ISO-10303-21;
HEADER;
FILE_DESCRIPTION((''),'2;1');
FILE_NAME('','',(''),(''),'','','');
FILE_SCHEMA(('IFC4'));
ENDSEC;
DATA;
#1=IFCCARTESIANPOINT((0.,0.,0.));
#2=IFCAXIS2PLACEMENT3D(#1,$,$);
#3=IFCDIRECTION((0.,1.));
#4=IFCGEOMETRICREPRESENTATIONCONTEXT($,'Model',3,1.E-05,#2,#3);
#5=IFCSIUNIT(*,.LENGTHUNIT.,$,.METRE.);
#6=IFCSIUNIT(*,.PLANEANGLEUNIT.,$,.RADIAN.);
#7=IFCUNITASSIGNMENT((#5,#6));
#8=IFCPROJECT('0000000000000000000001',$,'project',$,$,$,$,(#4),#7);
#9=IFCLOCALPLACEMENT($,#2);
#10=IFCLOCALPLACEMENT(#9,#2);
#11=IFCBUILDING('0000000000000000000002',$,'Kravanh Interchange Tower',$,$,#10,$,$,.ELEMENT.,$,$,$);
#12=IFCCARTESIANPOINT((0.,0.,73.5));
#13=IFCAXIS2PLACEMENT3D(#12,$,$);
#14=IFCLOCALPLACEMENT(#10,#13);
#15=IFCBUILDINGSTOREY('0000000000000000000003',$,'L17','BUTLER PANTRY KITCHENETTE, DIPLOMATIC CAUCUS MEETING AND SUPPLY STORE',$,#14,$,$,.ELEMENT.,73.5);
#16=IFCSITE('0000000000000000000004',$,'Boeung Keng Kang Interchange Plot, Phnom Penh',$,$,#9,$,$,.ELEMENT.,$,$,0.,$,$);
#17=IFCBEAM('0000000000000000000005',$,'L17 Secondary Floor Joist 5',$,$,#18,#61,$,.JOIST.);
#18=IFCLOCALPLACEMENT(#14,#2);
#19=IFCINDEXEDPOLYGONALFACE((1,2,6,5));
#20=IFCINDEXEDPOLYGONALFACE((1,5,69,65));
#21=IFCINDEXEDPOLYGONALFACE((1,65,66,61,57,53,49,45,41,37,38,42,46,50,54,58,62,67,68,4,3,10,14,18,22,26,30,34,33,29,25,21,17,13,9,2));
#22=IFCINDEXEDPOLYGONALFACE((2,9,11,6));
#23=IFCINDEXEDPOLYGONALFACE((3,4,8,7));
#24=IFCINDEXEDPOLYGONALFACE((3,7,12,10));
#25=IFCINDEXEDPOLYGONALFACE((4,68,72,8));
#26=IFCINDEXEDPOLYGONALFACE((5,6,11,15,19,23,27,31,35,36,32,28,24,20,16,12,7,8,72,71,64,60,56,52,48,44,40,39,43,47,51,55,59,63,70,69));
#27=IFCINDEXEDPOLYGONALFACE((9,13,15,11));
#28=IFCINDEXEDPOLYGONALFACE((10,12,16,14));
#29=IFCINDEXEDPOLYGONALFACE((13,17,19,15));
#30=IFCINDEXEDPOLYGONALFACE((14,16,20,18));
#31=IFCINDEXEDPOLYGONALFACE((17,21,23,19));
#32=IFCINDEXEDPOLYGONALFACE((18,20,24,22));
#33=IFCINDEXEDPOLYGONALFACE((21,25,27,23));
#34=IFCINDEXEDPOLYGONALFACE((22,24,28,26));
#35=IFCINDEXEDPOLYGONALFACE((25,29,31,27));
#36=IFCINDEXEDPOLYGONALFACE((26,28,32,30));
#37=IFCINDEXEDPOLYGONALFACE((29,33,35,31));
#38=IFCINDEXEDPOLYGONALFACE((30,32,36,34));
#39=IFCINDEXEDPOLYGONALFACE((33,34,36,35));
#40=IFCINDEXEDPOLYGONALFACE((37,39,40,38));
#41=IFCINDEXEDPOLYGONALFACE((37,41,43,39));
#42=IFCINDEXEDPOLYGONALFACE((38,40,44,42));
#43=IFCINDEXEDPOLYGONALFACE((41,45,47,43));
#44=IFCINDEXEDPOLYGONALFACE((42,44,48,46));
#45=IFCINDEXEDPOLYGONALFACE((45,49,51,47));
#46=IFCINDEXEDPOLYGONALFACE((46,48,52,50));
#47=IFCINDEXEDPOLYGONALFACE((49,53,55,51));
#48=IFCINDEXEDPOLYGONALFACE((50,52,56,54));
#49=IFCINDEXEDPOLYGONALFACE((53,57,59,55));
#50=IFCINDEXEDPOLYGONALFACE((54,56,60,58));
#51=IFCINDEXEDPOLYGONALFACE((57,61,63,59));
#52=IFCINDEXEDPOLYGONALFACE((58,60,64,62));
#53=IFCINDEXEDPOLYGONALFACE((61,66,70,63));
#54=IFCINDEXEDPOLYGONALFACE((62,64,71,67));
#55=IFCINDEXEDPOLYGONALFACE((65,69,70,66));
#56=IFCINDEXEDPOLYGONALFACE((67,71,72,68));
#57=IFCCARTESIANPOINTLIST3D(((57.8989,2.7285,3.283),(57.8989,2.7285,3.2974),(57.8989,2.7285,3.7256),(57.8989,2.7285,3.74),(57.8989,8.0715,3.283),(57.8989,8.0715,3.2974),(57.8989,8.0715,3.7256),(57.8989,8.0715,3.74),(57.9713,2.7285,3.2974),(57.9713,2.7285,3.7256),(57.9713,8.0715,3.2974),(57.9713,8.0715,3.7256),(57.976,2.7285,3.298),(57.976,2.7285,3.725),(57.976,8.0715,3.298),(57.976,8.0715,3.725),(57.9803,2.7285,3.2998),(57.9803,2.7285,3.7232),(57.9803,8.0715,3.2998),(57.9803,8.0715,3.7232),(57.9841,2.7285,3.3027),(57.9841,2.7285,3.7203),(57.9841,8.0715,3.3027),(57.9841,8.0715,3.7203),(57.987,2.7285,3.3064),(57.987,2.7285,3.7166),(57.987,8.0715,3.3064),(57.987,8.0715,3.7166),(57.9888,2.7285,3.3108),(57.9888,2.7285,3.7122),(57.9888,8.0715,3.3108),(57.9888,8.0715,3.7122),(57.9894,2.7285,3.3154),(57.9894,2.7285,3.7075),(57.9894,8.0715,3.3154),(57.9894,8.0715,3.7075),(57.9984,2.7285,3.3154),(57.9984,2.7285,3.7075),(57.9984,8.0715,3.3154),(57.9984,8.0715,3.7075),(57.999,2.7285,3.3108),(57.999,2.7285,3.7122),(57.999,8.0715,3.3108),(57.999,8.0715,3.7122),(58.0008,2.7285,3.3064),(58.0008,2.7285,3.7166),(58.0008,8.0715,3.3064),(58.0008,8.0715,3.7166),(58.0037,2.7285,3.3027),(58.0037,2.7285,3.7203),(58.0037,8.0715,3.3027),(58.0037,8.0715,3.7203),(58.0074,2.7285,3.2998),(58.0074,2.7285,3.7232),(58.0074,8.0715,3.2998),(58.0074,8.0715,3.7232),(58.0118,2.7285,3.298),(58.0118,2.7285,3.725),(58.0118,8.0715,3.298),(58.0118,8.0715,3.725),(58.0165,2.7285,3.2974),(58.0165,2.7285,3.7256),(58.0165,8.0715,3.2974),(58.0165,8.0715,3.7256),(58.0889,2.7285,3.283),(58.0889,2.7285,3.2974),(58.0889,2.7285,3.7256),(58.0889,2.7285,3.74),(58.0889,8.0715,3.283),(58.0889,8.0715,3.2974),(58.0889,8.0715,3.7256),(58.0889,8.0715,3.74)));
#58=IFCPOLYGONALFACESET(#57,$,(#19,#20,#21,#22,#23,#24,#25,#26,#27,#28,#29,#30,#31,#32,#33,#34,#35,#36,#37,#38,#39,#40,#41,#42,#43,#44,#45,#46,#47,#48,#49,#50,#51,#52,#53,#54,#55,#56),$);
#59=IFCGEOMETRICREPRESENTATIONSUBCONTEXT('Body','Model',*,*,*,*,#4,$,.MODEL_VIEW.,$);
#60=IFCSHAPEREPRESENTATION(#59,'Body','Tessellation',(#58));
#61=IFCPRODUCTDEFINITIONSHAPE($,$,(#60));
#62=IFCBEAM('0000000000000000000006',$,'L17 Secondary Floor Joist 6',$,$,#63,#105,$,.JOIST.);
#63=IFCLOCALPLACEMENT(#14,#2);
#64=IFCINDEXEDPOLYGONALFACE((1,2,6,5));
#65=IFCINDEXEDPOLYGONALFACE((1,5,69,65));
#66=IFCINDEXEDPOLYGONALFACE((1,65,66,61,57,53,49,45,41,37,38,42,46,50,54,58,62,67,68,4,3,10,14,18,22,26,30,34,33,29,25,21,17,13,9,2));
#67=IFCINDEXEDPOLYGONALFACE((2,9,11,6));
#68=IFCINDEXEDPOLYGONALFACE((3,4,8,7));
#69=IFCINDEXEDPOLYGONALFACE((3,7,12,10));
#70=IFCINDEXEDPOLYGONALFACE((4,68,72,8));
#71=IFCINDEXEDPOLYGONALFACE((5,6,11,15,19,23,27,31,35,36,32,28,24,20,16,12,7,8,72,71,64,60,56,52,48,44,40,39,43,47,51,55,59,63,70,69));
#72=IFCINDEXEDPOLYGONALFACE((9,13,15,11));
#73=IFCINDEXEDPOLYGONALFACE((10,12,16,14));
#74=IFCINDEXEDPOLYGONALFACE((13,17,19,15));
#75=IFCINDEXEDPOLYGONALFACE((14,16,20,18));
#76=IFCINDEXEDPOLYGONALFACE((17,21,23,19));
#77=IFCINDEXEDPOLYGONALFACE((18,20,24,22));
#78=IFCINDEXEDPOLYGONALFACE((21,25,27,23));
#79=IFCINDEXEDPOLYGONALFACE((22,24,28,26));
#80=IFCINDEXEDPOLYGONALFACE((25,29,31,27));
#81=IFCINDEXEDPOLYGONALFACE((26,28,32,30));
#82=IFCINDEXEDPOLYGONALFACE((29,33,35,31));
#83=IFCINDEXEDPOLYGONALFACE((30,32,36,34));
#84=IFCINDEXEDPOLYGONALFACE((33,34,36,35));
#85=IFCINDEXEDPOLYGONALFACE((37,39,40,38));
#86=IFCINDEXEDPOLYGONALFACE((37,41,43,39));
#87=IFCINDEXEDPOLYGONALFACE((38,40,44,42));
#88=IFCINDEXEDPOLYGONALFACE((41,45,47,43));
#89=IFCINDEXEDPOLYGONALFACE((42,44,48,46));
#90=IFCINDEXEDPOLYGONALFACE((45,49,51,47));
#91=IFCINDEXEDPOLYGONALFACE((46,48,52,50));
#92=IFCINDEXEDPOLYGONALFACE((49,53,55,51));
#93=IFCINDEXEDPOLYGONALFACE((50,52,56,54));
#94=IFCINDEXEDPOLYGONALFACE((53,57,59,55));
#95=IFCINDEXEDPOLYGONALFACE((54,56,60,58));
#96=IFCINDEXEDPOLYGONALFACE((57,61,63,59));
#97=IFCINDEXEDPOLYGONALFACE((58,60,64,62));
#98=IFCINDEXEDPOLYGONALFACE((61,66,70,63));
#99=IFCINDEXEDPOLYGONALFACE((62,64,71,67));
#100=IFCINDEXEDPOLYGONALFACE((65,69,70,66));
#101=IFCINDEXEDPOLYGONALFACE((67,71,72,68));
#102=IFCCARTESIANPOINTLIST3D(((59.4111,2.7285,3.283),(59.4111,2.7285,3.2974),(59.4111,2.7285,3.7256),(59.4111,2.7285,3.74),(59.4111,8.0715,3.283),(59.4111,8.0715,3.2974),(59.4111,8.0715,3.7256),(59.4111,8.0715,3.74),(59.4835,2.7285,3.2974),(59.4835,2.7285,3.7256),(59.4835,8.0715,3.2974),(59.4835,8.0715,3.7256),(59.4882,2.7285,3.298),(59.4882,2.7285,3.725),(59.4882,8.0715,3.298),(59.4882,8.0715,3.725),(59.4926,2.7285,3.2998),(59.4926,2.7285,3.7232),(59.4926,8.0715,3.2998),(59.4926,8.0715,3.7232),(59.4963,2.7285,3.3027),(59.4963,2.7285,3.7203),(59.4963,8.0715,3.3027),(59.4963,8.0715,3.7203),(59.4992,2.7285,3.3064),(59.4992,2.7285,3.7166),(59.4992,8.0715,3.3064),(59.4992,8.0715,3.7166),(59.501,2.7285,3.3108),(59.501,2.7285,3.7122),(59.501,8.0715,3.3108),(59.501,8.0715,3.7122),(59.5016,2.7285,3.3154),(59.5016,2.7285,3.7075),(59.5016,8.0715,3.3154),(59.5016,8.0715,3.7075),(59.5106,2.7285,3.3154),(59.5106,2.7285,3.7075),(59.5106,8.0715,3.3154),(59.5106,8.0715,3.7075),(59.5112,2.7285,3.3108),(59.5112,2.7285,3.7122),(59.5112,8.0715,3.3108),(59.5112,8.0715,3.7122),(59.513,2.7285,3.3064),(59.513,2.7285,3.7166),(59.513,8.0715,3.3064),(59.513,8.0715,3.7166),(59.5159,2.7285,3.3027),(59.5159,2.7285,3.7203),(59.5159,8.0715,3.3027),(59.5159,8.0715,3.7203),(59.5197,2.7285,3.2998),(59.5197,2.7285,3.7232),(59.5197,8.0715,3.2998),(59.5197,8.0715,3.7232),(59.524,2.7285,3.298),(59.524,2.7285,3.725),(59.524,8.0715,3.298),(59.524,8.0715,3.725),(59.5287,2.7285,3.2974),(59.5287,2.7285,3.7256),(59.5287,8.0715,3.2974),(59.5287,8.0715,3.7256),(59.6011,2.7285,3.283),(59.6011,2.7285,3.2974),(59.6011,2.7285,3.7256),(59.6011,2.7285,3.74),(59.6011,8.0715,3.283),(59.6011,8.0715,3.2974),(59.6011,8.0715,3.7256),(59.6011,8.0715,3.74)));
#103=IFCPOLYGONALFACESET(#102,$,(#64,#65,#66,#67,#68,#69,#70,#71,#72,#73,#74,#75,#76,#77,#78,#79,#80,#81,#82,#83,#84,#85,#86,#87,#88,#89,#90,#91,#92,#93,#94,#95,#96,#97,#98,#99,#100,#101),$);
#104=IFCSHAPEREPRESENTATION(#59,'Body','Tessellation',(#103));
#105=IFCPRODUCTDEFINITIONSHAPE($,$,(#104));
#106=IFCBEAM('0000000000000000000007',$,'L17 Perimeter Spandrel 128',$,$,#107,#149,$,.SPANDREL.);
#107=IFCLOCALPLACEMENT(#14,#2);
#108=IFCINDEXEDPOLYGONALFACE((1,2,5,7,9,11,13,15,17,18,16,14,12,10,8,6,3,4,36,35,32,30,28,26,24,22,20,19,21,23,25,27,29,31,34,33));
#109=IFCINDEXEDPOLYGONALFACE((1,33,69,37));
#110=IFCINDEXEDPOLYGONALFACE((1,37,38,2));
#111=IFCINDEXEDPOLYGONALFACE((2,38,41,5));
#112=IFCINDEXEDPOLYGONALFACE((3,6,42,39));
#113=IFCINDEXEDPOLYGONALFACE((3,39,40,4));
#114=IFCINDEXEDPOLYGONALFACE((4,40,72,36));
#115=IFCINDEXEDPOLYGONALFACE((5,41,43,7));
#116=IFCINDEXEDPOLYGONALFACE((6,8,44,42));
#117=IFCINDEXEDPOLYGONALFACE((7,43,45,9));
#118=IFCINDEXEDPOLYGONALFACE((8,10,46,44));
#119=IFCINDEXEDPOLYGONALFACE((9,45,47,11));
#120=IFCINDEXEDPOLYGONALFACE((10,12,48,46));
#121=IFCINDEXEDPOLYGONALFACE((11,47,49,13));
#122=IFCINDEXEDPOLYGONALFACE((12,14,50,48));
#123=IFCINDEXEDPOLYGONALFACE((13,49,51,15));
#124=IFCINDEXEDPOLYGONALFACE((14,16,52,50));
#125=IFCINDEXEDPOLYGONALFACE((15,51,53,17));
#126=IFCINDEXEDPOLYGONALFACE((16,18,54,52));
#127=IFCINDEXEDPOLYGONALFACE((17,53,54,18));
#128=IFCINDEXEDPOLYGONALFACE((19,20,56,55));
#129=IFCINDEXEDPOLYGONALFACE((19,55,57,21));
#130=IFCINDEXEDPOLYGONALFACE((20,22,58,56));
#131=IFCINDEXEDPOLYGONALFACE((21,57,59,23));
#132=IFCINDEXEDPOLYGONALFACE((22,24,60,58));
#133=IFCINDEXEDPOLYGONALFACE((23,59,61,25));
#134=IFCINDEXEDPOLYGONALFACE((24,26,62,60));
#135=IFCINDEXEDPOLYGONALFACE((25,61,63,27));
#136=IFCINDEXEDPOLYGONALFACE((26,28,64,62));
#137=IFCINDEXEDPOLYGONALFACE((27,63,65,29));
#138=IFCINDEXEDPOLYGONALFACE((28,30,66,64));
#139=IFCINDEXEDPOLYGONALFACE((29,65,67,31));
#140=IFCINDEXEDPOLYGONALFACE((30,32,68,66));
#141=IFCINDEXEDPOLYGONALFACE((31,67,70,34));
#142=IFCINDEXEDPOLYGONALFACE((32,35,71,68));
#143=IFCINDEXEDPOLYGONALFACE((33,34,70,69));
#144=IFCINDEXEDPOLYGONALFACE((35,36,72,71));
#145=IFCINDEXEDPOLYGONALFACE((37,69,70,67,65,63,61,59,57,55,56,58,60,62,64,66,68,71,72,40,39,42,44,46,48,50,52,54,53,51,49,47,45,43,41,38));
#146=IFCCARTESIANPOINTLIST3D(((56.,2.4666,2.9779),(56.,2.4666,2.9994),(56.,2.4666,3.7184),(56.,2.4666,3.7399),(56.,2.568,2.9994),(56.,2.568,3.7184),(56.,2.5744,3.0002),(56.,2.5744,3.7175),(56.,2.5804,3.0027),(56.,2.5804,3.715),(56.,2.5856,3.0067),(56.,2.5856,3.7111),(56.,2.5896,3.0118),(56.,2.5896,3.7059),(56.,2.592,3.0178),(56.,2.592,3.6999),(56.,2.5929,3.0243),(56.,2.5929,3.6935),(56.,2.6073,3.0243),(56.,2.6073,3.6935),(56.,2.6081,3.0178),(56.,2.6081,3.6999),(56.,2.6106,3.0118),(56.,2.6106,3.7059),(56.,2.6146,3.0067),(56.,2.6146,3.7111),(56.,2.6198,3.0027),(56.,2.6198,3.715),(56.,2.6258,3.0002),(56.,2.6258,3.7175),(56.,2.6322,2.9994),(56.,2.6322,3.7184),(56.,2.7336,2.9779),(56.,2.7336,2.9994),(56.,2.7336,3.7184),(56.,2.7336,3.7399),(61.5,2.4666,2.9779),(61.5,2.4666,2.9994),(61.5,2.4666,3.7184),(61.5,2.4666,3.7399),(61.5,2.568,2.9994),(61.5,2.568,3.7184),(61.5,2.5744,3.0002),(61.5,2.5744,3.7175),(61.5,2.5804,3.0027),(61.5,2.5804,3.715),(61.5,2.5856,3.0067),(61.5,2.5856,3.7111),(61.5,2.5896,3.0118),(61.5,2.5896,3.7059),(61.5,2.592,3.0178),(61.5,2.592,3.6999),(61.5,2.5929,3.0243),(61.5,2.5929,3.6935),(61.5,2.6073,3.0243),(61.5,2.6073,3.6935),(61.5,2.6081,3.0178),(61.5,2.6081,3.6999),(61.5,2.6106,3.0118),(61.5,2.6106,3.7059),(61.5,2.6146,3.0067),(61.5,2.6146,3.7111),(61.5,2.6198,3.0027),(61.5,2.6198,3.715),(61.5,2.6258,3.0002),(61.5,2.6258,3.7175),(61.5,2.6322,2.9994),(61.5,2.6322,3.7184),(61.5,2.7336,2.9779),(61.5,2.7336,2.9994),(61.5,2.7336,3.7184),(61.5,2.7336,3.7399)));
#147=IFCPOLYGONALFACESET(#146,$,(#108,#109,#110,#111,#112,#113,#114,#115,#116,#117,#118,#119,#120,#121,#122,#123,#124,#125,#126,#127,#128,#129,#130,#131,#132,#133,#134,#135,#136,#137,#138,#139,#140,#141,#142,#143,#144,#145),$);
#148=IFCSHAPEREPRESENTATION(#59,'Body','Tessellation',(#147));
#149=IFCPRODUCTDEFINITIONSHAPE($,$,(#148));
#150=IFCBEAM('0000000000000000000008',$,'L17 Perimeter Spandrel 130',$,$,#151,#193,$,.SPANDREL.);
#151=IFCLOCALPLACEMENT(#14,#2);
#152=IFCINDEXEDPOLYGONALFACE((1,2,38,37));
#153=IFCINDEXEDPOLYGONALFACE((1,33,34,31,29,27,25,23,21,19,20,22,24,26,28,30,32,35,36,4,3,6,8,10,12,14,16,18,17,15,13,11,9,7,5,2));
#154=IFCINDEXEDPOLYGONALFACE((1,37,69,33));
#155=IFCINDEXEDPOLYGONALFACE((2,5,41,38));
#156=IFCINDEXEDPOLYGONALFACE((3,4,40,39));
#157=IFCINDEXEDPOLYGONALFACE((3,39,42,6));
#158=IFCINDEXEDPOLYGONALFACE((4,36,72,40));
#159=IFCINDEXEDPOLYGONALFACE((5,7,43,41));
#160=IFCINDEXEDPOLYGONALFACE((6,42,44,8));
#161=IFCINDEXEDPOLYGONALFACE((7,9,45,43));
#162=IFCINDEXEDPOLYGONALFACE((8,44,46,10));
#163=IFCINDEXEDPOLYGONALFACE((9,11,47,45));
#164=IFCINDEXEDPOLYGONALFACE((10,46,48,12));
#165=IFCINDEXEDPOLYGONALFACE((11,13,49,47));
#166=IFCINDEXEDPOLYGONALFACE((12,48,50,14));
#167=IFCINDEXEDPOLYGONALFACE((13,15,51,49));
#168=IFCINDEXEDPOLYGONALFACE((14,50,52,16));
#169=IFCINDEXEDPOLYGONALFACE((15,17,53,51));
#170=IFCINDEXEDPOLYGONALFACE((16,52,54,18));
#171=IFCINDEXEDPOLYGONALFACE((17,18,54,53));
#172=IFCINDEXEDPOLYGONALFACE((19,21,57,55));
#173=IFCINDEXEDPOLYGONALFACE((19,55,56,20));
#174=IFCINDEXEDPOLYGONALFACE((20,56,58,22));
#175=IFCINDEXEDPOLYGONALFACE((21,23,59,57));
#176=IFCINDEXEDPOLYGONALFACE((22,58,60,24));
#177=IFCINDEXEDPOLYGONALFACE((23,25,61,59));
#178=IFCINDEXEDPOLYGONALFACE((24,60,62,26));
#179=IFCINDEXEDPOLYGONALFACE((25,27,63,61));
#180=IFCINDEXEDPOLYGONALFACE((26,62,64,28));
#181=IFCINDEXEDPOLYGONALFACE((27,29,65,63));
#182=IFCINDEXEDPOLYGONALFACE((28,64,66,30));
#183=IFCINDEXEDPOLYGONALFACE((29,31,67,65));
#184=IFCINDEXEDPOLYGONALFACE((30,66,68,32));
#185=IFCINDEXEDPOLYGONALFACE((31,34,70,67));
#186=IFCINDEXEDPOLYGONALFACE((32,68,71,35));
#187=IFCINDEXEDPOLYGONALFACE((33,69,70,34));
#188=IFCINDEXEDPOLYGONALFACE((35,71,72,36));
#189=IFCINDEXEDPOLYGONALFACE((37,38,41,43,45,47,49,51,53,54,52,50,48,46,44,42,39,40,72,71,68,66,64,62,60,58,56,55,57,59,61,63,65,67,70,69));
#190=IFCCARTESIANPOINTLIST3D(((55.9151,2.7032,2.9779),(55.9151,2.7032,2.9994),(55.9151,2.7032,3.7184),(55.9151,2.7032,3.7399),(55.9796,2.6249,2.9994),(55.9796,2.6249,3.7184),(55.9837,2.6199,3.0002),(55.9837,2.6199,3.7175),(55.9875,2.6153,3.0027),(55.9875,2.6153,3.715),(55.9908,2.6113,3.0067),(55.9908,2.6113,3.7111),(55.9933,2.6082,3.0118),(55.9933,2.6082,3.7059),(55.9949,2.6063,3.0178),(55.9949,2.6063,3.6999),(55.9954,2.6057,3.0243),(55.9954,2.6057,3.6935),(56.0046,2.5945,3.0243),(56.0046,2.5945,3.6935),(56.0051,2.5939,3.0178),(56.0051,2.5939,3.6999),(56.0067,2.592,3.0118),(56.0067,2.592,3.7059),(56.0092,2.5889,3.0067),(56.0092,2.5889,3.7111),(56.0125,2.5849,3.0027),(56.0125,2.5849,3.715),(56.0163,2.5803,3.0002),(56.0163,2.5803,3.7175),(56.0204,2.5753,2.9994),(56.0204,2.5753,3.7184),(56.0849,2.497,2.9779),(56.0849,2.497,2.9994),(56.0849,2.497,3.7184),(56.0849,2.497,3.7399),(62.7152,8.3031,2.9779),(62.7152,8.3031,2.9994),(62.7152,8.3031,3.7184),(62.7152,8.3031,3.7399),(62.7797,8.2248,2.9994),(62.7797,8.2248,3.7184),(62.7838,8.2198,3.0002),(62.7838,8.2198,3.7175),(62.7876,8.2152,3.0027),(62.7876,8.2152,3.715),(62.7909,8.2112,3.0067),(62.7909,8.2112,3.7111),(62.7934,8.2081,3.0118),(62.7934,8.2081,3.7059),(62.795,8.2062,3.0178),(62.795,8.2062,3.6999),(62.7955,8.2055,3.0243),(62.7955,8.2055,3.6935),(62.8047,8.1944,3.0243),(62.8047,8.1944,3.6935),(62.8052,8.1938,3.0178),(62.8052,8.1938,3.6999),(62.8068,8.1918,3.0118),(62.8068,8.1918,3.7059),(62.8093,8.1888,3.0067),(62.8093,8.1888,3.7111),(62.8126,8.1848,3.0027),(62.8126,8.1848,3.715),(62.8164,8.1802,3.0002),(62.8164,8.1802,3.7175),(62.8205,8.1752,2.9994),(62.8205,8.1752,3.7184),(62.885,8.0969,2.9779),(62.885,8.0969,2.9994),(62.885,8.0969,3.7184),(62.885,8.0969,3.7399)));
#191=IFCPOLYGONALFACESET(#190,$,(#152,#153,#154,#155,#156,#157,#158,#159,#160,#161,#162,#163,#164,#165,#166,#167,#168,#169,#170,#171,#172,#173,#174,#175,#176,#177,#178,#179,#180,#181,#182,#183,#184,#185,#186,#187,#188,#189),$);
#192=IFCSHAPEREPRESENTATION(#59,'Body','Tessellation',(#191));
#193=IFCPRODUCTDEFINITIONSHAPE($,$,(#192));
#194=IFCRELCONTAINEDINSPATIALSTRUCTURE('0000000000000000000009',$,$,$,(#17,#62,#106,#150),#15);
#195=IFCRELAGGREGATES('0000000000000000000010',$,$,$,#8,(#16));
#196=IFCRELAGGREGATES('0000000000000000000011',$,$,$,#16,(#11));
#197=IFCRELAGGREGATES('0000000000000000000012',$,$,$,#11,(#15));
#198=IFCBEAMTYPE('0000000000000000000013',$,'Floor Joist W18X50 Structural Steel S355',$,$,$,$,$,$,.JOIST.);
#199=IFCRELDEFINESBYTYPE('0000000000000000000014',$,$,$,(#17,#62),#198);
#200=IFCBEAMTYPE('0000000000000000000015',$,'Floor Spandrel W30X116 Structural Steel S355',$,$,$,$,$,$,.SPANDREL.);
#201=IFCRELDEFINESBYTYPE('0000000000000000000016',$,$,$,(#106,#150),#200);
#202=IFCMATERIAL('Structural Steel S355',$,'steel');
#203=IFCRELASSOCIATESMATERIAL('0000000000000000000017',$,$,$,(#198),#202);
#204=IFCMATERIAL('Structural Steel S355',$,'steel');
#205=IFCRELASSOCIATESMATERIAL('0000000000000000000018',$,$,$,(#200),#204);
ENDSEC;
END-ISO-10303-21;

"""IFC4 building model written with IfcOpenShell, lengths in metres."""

from ifc_helpers import new_model, si_unit, direction, frame, origin, origin_2d, place, context, subcontext, project, spatial, i_section, extrude, material, material_profile, profile_set, type_object, element, save


model = new_model("IFC4")

# Units and contexts
model_context = context("Model", 3, precision=1e-05, world=origin(), true_north=direction((0.0, 1.0)))
body_context = subcontext(model_context, "Body", "Model", "MODEL_VIEW")
ifc_project = project(units=[si_unit("LENGTHUNIT", "METRE"), si_unit("PLANEANGLEUNIT", "RADIAN")], contexts=[model_context])

# Site, building, storey
site_placement = place(None, origin())
site = spatial("IfcSite", under=ifc_project, at=site_placement, Name="Boeung Keng Kang Interchange Plot, Phnom Penh", CompositionType="ELEMENT", RefElevation=0.0)
building_placement = place(site_placement, origin())
building = spatial("IfcBuilding", under=site, at=building_placement, Name="Kravanh Interchange Tower", CompositionType="ELEMENT")
storey_placement = place(building_placement, frame((0.0, 0.0, 73.5)))
storey = spatial("IfcBuildingStorey", under=building, at=storey_placement, Name="L17", Description="BUTLER PANTRY KITCHENETTE, DIPLOMATIC CAUCUS MEETING AND SUPPLY STORE", CompositionType="ELEMENT", Elevation=73.5)

# Beams
ifc_material_1 = material(Name="Structural Steel S355", Category="steel")
ifc_material_profile_1 = material_profile(ifc_material_1, i_section(OverallWidth=0.1899, OverallDepth=0.457, WebThickness=0.009, FlangeThickness=0.0144, FilletRadius=0.0181, at=origin_2d()), Name="W18X50")
ifc_profile_set_1 = profile_set([ifc_material_profile_1], Name="Structural Steel S355")
beam_type_1 = type_object("IfcBeamType", Name="Floor Joist W18X50 Structural Steel S355", PredefinedType="JOIST", material=ifc_profile_set_1)
for number, where, z_axis, x_axis, name in (
    (1, (57.9939, 2.7285, 3.5115), (0.0, 1.0, 0.0), (-1.0, 0.0, 0.0), "L17 Secondary Floor Joist 5"),
    (2, (59.5061, 2.7285, 3.5115), (0.0, 1.0, 0.0), (-1.0, 0.0, 0.0), "L17 Secondary Floor Joist 6"),
):
    element("IfcBeam", number, at=place(storey_placement, frame(where, z_axis=z_axis, x_axis=x_axis)), inside=storey, type_object=beam_type_1, Name=name, PredefinedType="JOIST", context=body_context, shape_type="SweptSolid", body=[
        extrude(i_section(OverallWidth=0.1899, OverallDepth=0.457, WebThickness=0.009, FlangeThickness=0.0144, FilletRadius=0.0181, at=origin_2d()), origin(), (0.0, 0.0, 1.0), 5.343),
    ])
ifc_material_2 = material(Name="Structural Steel S355", Category="steel")
ifc_material_profile_2 = material_profile(ifc_material_2, i_section(OverallWidth=0.2671, OverallDepth=0.762, WebThickness=0.0144, FlangeThickness=0.0215, FilletRadius=0.0249, at=origin_2d()), Name="W30X116")
ifc_profile_set_2 = profile_set([ifc_material_profile_2], Name="Structural Steel S355")
beam_type_2 = type_object("IfcBeamType", Name="Floor Spandrel W30X116 Structural Steel S355", PredefinedType="SPANDREL", material=ifc_profile_set_2)
beam_1_placement = place(storey_placement, frame((56.0, 2.6001, 3.3589), z_axis=(1.0, 0.0, 0.0), x_axis=(0.0, 1.0, 0.0)))
element("IfcBeam", 3, at=beam_1_placement, inside=storey, type_object=beam_type_2, Name="L17 Perimeter Spandrel 128", PredefinedType="SPANDREL", context=body_context, shape_type="SweptSolid", body=[
    extrude(i_section(OverallWidth=0.2671, OverallDepth=0.762, WebThickness=0.0144, FlangeThickness=0.0215, FilletRadius=0.0249, at=origin_2d()), origin(), (0.0, 0.0, 1.0), 5.5),
])
beam_2_placement = place(storey_placement, frame((56.0, 2.6001, 3.3589), z_axis=(0.771941, 0.635695, 0.0), x_axis=(-0.635695, 0.771941, 0.0)))
element("IfcBeam", 4, at=beam_2_placement, inside=storey, type_object=beam_type_2, Name="L17 Perimeter Spandrel 130", PredefinedType="SPANDREL", context=body_context, shape_type="SweptSolid", body=[
    extrude(i_section(OverallWidth=0.2671, OverallDepth=0.762, WebThickness=0.0144, FlangeThickness=0.0215, FilletRadius=0.0249, at=origin_2d()), origin(), (0.0, 0.0, 1.0), 8.8091),
])

save(model, "model.ifc")
